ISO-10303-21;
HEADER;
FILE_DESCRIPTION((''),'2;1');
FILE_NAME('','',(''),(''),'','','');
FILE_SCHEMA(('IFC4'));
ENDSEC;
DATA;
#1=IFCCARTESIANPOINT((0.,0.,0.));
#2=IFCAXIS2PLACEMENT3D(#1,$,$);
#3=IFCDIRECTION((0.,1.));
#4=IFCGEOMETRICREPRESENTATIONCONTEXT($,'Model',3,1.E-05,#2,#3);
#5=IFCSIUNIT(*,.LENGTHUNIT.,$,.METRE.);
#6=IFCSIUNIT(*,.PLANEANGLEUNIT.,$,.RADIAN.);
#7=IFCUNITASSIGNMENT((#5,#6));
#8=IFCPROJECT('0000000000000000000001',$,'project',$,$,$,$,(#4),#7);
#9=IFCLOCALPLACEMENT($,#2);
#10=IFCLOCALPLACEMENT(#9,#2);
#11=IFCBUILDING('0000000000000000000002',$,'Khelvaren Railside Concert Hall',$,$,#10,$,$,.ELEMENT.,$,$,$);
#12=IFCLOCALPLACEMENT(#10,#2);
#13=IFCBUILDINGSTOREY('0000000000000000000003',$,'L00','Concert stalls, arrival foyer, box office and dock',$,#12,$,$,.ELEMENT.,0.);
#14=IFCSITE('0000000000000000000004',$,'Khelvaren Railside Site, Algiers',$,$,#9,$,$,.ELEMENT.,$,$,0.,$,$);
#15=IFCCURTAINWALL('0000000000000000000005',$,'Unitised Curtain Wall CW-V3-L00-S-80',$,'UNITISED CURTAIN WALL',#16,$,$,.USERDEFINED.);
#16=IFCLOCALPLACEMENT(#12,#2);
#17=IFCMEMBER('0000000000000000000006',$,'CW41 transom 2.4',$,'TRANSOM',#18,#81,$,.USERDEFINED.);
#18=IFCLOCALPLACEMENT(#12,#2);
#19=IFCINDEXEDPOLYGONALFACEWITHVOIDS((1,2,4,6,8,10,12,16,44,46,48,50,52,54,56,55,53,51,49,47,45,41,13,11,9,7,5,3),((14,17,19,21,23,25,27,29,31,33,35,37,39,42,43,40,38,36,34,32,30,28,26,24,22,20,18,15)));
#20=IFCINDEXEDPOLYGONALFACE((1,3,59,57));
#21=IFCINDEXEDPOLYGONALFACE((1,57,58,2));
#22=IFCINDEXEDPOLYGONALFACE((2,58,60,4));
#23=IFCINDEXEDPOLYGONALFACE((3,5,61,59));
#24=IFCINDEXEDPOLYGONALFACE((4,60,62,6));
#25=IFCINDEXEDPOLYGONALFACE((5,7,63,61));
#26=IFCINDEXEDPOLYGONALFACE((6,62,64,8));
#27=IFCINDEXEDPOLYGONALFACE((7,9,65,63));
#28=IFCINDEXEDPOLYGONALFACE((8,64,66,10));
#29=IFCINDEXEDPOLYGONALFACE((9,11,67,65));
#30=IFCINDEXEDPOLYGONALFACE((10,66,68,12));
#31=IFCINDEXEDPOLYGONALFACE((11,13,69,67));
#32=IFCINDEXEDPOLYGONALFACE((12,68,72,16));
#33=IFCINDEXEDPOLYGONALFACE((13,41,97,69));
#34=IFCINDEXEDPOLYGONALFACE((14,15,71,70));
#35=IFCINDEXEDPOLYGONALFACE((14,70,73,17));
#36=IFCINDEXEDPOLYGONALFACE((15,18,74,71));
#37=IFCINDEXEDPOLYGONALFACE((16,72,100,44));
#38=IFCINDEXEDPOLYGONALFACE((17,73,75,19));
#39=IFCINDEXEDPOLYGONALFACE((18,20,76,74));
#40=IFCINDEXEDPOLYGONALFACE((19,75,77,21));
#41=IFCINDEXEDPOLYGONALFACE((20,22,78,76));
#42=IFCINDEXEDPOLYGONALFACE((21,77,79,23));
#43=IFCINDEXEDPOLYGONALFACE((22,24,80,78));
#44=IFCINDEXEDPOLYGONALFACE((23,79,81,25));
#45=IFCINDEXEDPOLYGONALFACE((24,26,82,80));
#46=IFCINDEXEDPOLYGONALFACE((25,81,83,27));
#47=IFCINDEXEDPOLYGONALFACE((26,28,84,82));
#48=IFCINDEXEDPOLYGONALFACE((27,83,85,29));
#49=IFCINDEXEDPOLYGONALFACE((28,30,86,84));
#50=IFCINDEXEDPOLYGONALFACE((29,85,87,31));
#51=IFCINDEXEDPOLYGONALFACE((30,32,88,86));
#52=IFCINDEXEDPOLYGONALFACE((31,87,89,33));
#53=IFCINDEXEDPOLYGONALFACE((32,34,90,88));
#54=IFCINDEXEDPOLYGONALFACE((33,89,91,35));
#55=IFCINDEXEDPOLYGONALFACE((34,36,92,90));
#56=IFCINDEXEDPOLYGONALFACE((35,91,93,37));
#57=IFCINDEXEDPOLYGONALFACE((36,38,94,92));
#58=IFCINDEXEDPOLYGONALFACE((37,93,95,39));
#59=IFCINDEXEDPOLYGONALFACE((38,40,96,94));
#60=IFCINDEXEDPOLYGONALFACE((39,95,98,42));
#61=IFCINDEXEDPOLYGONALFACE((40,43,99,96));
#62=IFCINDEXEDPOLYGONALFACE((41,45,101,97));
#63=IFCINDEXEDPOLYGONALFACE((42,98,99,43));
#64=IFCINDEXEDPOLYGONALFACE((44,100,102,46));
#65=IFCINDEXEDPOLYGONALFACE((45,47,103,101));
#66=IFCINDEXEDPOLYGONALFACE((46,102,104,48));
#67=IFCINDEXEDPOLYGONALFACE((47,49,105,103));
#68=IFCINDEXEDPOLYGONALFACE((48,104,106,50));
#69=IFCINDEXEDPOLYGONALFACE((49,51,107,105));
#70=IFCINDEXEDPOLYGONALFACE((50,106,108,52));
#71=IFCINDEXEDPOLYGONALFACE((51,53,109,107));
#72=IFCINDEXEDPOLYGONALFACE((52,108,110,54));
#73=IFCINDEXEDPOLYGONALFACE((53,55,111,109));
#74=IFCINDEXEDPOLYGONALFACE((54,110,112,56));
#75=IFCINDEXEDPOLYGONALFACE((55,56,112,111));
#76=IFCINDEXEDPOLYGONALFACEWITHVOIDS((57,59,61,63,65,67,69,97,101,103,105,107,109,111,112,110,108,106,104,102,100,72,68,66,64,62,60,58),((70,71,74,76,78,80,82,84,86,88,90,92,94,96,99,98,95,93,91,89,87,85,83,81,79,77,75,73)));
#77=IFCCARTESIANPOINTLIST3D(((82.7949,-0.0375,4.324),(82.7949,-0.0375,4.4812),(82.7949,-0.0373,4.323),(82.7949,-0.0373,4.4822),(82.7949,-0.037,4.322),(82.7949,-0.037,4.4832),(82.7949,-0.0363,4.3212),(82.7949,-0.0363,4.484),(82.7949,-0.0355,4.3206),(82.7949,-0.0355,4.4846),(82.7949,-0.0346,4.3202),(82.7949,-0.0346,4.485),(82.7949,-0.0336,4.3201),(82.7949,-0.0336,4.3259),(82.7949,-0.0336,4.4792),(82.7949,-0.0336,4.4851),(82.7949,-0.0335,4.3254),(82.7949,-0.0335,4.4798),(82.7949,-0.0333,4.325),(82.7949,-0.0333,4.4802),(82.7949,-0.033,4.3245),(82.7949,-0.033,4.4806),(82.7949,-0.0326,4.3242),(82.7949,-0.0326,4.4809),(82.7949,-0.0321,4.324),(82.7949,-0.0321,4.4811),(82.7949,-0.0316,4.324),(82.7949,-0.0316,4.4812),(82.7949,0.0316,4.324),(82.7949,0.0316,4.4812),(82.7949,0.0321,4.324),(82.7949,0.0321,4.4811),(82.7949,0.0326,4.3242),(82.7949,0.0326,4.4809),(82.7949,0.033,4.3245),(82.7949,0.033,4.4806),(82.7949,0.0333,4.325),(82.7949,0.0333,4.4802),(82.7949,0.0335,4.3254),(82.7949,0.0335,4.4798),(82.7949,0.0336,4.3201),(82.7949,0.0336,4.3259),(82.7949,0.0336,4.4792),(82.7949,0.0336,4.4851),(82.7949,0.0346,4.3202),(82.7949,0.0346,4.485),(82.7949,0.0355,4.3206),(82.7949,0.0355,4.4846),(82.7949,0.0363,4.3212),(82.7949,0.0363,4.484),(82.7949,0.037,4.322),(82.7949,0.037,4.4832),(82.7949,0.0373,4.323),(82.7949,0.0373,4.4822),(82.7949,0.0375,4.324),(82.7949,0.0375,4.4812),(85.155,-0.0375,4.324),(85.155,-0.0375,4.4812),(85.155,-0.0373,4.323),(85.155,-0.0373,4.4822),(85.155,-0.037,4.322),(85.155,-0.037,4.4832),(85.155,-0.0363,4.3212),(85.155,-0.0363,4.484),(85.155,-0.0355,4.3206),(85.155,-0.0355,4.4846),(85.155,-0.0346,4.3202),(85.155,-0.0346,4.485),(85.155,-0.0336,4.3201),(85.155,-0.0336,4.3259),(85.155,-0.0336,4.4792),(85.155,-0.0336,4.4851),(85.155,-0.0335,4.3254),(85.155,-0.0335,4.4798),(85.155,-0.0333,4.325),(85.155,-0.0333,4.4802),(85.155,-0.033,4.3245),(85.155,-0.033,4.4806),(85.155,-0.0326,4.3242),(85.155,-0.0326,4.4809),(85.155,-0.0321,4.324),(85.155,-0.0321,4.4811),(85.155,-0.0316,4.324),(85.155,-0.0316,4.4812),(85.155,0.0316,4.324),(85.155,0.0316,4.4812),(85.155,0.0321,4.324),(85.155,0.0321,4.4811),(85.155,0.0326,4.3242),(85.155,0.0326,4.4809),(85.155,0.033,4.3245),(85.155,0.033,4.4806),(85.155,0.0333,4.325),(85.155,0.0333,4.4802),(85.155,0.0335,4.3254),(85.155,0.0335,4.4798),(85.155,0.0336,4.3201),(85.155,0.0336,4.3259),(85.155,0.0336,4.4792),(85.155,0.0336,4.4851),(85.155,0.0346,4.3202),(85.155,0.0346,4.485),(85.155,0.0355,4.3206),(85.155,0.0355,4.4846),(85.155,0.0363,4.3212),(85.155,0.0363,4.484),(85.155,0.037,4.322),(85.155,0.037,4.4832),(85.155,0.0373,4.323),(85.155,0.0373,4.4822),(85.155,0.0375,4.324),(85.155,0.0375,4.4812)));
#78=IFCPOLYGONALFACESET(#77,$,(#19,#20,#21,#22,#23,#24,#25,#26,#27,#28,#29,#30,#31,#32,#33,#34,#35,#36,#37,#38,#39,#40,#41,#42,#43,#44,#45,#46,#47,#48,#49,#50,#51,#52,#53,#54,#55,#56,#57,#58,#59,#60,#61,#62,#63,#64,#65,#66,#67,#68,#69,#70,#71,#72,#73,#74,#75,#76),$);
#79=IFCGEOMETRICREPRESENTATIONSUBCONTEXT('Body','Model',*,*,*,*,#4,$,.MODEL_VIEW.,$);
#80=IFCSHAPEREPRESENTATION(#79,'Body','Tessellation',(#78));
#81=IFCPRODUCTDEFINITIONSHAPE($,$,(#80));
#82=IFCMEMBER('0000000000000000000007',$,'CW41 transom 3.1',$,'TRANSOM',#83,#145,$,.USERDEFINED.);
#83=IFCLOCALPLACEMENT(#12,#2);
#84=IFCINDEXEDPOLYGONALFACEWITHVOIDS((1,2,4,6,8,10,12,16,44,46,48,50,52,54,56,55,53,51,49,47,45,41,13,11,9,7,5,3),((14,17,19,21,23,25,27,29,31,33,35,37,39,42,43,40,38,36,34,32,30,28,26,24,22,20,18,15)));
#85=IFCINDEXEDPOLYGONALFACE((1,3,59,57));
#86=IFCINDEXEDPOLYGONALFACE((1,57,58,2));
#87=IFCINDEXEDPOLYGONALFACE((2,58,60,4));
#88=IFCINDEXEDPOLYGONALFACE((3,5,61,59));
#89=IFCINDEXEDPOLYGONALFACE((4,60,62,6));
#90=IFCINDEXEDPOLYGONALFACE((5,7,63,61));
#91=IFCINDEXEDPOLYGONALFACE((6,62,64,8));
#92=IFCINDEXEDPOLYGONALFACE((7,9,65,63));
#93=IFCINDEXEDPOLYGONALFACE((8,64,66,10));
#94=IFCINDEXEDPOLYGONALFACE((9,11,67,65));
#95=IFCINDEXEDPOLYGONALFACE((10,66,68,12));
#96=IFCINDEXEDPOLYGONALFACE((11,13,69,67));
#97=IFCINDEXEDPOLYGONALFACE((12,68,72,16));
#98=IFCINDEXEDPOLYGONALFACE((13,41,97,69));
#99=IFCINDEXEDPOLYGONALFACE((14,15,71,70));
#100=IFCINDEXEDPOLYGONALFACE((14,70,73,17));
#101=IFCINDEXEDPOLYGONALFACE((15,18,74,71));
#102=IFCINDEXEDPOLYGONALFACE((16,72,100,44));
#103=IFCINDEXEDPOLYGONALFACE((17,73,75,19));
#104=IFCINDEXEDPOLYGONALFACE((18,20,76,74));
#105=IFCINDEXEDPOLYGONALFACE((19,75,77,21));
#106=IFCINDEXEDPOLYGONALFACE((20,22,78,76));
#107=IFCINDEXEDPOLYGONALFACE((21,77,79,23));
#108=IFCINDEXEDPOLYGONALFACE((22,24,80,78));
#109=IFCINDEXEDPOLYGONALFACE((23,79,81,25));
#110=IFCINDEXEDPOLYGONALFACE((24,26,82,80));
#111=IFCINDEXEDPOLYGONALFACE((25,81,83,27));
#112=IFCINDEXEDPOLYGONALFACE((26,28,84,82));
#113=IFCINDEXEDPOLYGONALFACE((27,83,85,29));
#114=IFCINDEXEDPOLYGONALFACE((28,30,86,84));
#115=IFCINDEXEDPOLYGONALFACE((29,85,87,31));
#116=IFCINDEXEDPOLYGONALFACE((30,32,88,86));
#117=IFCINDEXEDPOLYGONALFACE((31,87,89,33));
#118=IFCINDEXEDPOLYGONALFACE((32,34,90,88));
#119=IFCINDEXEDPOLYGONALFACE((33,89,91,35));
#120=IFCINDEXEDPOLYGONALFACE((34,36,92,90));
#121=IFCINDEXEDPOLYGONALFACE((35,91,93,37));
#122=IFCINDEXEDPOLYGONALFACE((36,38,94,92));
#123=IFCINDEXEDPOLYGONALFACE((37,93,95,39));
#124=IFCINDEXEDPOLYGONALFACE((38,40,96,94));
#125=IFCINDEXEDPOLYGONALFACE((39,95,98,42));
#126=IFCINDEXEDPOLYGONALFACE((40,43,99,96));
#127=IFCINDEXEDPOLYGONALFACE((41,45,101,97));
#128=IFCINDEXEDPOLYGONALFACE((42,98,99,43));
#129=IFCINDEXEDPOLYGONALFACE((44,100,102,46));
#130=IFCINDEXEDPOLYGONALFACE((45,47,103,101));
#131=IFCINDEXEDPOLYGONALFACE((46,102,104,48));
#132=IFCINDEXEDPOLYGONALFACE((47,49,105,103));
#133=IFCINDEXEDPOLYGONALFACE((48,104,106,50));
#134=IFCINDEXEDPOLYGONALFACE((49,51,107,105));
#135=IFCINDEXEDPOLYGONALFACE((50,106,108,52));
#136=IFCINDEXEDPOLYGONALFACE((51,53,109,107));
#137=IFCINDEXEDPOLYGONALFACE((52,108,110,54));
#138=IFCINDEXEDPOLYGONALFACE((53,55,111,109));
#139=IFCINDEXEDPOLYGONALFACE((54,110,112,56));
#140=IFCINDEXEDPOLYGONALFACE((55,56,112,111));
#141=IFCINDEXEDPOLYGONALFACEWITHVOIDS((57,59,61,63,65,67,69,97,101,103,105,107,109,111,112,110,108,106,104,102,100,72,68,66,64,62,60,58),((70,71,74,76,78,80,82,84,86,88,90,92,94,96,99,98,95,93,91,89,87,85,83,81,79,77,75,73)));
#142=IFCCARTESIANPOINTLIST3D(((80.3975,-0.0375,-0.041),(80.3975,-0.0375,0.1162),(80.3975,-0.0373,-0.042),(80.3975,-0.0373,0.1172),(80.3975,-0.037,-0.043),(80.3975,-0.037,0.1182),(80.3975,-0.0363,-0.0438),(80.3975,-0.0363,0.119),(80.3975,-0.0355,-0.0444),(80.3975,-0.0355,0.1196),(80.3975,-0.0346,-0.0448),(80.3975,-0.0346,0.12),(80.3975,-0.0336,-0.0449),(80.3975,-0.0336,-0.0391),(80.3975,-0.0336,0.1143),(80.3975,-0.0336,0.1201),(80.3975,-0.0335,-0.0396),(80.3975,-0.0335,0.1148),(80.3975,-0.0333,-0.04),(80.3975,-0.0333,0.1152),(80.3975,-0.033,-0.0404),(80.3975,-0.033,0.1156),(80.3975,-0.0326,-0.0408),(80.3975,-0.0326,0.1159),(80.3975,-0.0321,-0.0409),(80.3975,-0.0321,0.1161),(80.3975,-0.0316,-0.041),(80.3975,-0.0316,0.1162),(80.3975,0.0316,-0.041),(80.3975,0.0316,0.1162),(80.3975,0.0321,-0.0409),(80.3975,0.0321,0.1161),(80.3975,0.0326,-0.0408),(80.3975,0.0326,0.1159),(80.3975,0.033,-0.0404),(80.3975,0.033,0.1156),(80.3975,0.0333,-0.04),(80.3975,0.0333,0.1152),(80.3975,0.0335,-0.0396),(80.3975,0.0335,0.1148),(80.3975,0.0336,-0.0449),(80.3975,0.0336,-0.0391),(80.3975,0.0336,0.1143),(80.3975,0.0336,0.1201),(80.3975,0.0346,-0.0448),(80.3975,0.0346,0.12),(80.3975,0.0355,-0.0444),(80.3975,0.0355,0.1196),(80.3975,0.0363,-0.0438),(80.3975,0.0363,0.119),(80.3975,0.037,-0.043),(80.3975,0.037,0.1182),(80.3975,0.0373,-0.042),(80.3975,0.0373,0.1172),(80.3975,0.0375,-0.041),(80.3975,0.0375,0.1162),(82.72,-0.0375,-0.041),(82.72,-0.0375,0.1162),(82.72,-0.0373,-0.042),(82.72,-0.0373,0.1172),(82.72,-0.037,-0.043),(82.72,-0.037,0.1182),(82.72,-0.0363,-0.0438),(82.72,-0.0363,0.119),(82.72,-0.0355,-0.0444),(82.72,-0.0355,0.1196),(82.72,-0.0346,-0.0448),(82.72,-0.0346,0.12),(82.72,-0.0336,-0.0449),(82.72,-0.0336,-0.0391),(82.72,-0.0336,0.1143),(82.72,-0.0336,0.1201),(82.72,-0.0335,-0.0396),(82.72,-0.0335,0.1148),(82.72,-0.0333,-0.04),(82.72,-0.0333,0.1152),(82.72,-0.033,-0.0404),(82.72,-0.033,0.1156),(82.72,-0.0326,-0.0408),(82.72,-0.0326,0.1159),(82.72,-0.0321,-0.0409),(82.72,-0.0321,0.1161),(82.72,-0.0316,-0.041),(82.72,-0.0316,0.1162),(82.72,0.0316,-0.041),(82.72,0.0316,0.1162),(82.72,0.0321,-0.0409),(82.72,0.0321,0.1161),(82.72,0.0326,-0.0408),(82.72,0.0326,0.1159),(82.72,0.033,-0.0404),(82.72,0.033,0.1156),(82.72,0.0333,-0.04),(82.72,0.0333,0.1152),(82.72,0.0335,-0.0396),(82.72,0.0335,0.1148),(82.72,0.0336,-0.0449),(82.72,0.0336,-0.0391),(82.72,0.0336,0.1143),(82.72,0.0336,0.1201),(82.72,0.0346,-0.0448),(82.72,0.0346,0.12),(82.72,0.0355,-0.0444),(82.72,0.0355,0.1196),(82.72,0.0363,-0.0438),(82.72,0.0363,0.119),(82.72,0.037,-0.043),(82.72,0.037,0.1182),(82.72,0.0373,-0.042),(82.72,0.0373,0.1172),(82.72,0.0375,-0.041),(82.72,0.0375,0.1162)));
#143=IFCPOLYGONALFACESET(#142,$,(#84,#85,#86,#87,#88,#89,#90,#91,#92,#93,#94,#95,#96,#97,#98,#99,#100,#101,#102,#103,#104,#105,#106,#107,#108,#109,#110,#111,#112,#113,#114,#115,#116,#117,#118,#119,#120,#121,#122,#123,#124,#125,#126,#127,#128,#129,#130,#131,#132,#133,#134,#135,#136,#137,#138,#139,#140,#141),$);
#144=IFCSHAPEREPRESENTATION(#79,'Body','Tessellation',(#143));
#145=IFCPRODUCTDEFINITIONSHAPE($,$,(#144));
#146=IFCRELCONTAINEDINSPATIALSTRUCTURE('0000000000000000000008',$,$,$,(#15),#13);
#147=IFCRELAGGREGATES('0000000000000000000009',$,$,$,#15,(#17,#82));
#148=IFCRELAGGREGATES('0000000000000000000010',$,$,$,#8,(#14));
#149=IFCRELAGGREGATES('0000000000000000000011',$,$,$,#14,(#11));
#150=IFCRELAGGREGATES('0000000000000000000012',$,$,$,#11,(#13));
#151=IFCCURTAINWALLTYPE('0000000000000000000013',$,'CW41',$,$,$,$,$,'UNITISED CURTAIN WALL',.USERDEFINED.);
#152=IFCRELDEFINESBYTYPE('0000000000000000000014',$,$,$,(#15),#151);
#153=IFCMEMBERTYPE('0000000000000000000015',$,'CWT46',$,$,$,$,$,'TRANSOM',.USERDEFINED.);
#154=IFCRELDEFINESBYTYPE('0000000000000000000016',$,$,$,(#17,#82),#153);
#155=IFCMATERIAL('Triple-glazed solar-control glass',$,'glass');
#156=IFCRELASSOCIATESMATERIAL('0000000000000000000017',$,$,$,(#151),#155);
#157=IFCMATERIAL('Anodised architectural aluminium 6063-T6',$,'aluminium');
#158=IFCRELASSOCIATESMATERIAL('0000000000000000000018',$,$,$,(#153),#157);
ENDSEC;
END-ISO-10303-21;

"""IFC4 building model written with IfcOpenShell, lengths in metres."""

from ifc_helpers import new_model, si_unit, direction, frame, origin, origin_2d, place, context, subcontext, project, spatial, hollow_rectangle, extrude, material, material_profile, profile_set, type_object, element, aggregate, save


model = new_model("IFC4")

# Units and contexts
model_context = context("Model", 3, precision=1e-05, world=origin(), true_north=direction((0.0, 1.0)))
body_context = subcontext(model_context, "Body", "Model", "MODEL_VIEW")
ifc_project = project(units=[si_unit("LENGTHUNIT", "METRE"), si_unit("PLANEANGLEUNIT", "RADIAN")], contexts=[model_context])

# Site, building, storey
site_placement = place(None, origin())
site = spatial("IfcSite", under=ifc_project, at=site_placement, Name="Khelvaren Railside Site, Algiers", CompositionType="ELEMENT", RefElevation=0.0)
building_placement = place(site_placement, origin())
building = spatial("IfcBuilding", under=site, at=building_placement, Name="Khelvaren Railside Concert Hall", CompositionType="ELEMENT")
storey_placement = place(building_placement, origin())
storey = spatial("IfcBuildingStorey", under=building, at=storey_placement, Name="L00", Description="Concert stalls, arrival foyer, box office and dock", CompositionType="ELEMENT", Elevation=0.0)

# Curtain wall
ifc_material_1 = material(Name="Triple-glazed solar-control glass", Category="glass")
curtain_wall_type_1 = type_object("IfcCurtainWallType", Name="CW41", ElementType="UNITISED CURTAIN WALL", PredefinedType="USERDEFINED", material=ifc_material_1)
curtain_wall_1_placement = place(storey_placement, origin())
curtain_wall_1 = element("IfcCurtainWall", 1, at=curtain_wall_1_placement, inside=storey, type_object=curtain_wall_type_1, Name="Unitised Curtain Wall CW-V3-L00-S-80", ObjectType="UNITISED CURTAIN WALL", PredefinedType="USERDEFINED")
ifc_material_2 = material(Name="Anodised architectural aluminium 6063-T6", Category="aluminium")

# Members
ifc_material_profile_1 = material_profile(ifc_material_2, hollow_rectangle(XDim=0.075, YDim=0.165, WallThickness=0.0039, InnerFilletRadius=0.002, OuterFilletRadius=0.0039, at=origin_2d()), Name="CWT 75x165x4")
ifc_profile_set_1 = profile_set([ifc_material_profile_1], Name="Anodised architectural aluminium 6063-T6")
member_type_1 = type_object("IfcMemberType", Name="CWT46", ElementType="TRANSOM", PredefinedType="USERDEFINED", material=ifc_profile_set_1)
member_1_placement = place(storey_placement, frame((85.155, 0.0, 4.4026), z_axis=(-1.0, 0.0, 0.0), x_axis=(0.0, -1.0, 0.0)))
member_1 = element("IfcMember", 2, at=member_1_placement, type_object=member_type_1, Name="CW41 transom 2.4", ObjectType="TRANSOM", PredefinedType="USERDEFINED", context=body_context, shape_type="SweptSolid", body=[
    extrude(hollow_rectangle(XDim=0.075, YDim=0.165, WallThickness=0.0039, InnerFilletRadius=0.002, OuterFilletRadius=0.0039, at=origin_2d()), origin(), (0.0, 0.0, 1.0), 2.3601),
])
member_2_placement = place(storey_placement, frame((82.72, 0.0, 0.0376), z_axis=(-1.0, 0.0, 0.0), x_axis=(0.0, -1.0, 0.0)))
member_2 = element("IfcMember", 3, at=member_2_placement, type_object=member_type_1, Name="CW41 transom 3.1", ObjectType="TRANSOM", PredefinedType="USERDEFINED", context=body_context, shape_type="SweptSolid", body=[
    extrude(hollow_rectangle(XDim=0.075, YDim=0.165, WallThickness=0.0039, InnerFilletRadius=0.002, OuterFilletRadius=0.0039, at=origin_2d()), origin(), (0.0, 0.0, 1.0), 2.3225),
])

aggregate(curtain_wall_1, [member_1, member_2])

save(model, "model.ifc")
